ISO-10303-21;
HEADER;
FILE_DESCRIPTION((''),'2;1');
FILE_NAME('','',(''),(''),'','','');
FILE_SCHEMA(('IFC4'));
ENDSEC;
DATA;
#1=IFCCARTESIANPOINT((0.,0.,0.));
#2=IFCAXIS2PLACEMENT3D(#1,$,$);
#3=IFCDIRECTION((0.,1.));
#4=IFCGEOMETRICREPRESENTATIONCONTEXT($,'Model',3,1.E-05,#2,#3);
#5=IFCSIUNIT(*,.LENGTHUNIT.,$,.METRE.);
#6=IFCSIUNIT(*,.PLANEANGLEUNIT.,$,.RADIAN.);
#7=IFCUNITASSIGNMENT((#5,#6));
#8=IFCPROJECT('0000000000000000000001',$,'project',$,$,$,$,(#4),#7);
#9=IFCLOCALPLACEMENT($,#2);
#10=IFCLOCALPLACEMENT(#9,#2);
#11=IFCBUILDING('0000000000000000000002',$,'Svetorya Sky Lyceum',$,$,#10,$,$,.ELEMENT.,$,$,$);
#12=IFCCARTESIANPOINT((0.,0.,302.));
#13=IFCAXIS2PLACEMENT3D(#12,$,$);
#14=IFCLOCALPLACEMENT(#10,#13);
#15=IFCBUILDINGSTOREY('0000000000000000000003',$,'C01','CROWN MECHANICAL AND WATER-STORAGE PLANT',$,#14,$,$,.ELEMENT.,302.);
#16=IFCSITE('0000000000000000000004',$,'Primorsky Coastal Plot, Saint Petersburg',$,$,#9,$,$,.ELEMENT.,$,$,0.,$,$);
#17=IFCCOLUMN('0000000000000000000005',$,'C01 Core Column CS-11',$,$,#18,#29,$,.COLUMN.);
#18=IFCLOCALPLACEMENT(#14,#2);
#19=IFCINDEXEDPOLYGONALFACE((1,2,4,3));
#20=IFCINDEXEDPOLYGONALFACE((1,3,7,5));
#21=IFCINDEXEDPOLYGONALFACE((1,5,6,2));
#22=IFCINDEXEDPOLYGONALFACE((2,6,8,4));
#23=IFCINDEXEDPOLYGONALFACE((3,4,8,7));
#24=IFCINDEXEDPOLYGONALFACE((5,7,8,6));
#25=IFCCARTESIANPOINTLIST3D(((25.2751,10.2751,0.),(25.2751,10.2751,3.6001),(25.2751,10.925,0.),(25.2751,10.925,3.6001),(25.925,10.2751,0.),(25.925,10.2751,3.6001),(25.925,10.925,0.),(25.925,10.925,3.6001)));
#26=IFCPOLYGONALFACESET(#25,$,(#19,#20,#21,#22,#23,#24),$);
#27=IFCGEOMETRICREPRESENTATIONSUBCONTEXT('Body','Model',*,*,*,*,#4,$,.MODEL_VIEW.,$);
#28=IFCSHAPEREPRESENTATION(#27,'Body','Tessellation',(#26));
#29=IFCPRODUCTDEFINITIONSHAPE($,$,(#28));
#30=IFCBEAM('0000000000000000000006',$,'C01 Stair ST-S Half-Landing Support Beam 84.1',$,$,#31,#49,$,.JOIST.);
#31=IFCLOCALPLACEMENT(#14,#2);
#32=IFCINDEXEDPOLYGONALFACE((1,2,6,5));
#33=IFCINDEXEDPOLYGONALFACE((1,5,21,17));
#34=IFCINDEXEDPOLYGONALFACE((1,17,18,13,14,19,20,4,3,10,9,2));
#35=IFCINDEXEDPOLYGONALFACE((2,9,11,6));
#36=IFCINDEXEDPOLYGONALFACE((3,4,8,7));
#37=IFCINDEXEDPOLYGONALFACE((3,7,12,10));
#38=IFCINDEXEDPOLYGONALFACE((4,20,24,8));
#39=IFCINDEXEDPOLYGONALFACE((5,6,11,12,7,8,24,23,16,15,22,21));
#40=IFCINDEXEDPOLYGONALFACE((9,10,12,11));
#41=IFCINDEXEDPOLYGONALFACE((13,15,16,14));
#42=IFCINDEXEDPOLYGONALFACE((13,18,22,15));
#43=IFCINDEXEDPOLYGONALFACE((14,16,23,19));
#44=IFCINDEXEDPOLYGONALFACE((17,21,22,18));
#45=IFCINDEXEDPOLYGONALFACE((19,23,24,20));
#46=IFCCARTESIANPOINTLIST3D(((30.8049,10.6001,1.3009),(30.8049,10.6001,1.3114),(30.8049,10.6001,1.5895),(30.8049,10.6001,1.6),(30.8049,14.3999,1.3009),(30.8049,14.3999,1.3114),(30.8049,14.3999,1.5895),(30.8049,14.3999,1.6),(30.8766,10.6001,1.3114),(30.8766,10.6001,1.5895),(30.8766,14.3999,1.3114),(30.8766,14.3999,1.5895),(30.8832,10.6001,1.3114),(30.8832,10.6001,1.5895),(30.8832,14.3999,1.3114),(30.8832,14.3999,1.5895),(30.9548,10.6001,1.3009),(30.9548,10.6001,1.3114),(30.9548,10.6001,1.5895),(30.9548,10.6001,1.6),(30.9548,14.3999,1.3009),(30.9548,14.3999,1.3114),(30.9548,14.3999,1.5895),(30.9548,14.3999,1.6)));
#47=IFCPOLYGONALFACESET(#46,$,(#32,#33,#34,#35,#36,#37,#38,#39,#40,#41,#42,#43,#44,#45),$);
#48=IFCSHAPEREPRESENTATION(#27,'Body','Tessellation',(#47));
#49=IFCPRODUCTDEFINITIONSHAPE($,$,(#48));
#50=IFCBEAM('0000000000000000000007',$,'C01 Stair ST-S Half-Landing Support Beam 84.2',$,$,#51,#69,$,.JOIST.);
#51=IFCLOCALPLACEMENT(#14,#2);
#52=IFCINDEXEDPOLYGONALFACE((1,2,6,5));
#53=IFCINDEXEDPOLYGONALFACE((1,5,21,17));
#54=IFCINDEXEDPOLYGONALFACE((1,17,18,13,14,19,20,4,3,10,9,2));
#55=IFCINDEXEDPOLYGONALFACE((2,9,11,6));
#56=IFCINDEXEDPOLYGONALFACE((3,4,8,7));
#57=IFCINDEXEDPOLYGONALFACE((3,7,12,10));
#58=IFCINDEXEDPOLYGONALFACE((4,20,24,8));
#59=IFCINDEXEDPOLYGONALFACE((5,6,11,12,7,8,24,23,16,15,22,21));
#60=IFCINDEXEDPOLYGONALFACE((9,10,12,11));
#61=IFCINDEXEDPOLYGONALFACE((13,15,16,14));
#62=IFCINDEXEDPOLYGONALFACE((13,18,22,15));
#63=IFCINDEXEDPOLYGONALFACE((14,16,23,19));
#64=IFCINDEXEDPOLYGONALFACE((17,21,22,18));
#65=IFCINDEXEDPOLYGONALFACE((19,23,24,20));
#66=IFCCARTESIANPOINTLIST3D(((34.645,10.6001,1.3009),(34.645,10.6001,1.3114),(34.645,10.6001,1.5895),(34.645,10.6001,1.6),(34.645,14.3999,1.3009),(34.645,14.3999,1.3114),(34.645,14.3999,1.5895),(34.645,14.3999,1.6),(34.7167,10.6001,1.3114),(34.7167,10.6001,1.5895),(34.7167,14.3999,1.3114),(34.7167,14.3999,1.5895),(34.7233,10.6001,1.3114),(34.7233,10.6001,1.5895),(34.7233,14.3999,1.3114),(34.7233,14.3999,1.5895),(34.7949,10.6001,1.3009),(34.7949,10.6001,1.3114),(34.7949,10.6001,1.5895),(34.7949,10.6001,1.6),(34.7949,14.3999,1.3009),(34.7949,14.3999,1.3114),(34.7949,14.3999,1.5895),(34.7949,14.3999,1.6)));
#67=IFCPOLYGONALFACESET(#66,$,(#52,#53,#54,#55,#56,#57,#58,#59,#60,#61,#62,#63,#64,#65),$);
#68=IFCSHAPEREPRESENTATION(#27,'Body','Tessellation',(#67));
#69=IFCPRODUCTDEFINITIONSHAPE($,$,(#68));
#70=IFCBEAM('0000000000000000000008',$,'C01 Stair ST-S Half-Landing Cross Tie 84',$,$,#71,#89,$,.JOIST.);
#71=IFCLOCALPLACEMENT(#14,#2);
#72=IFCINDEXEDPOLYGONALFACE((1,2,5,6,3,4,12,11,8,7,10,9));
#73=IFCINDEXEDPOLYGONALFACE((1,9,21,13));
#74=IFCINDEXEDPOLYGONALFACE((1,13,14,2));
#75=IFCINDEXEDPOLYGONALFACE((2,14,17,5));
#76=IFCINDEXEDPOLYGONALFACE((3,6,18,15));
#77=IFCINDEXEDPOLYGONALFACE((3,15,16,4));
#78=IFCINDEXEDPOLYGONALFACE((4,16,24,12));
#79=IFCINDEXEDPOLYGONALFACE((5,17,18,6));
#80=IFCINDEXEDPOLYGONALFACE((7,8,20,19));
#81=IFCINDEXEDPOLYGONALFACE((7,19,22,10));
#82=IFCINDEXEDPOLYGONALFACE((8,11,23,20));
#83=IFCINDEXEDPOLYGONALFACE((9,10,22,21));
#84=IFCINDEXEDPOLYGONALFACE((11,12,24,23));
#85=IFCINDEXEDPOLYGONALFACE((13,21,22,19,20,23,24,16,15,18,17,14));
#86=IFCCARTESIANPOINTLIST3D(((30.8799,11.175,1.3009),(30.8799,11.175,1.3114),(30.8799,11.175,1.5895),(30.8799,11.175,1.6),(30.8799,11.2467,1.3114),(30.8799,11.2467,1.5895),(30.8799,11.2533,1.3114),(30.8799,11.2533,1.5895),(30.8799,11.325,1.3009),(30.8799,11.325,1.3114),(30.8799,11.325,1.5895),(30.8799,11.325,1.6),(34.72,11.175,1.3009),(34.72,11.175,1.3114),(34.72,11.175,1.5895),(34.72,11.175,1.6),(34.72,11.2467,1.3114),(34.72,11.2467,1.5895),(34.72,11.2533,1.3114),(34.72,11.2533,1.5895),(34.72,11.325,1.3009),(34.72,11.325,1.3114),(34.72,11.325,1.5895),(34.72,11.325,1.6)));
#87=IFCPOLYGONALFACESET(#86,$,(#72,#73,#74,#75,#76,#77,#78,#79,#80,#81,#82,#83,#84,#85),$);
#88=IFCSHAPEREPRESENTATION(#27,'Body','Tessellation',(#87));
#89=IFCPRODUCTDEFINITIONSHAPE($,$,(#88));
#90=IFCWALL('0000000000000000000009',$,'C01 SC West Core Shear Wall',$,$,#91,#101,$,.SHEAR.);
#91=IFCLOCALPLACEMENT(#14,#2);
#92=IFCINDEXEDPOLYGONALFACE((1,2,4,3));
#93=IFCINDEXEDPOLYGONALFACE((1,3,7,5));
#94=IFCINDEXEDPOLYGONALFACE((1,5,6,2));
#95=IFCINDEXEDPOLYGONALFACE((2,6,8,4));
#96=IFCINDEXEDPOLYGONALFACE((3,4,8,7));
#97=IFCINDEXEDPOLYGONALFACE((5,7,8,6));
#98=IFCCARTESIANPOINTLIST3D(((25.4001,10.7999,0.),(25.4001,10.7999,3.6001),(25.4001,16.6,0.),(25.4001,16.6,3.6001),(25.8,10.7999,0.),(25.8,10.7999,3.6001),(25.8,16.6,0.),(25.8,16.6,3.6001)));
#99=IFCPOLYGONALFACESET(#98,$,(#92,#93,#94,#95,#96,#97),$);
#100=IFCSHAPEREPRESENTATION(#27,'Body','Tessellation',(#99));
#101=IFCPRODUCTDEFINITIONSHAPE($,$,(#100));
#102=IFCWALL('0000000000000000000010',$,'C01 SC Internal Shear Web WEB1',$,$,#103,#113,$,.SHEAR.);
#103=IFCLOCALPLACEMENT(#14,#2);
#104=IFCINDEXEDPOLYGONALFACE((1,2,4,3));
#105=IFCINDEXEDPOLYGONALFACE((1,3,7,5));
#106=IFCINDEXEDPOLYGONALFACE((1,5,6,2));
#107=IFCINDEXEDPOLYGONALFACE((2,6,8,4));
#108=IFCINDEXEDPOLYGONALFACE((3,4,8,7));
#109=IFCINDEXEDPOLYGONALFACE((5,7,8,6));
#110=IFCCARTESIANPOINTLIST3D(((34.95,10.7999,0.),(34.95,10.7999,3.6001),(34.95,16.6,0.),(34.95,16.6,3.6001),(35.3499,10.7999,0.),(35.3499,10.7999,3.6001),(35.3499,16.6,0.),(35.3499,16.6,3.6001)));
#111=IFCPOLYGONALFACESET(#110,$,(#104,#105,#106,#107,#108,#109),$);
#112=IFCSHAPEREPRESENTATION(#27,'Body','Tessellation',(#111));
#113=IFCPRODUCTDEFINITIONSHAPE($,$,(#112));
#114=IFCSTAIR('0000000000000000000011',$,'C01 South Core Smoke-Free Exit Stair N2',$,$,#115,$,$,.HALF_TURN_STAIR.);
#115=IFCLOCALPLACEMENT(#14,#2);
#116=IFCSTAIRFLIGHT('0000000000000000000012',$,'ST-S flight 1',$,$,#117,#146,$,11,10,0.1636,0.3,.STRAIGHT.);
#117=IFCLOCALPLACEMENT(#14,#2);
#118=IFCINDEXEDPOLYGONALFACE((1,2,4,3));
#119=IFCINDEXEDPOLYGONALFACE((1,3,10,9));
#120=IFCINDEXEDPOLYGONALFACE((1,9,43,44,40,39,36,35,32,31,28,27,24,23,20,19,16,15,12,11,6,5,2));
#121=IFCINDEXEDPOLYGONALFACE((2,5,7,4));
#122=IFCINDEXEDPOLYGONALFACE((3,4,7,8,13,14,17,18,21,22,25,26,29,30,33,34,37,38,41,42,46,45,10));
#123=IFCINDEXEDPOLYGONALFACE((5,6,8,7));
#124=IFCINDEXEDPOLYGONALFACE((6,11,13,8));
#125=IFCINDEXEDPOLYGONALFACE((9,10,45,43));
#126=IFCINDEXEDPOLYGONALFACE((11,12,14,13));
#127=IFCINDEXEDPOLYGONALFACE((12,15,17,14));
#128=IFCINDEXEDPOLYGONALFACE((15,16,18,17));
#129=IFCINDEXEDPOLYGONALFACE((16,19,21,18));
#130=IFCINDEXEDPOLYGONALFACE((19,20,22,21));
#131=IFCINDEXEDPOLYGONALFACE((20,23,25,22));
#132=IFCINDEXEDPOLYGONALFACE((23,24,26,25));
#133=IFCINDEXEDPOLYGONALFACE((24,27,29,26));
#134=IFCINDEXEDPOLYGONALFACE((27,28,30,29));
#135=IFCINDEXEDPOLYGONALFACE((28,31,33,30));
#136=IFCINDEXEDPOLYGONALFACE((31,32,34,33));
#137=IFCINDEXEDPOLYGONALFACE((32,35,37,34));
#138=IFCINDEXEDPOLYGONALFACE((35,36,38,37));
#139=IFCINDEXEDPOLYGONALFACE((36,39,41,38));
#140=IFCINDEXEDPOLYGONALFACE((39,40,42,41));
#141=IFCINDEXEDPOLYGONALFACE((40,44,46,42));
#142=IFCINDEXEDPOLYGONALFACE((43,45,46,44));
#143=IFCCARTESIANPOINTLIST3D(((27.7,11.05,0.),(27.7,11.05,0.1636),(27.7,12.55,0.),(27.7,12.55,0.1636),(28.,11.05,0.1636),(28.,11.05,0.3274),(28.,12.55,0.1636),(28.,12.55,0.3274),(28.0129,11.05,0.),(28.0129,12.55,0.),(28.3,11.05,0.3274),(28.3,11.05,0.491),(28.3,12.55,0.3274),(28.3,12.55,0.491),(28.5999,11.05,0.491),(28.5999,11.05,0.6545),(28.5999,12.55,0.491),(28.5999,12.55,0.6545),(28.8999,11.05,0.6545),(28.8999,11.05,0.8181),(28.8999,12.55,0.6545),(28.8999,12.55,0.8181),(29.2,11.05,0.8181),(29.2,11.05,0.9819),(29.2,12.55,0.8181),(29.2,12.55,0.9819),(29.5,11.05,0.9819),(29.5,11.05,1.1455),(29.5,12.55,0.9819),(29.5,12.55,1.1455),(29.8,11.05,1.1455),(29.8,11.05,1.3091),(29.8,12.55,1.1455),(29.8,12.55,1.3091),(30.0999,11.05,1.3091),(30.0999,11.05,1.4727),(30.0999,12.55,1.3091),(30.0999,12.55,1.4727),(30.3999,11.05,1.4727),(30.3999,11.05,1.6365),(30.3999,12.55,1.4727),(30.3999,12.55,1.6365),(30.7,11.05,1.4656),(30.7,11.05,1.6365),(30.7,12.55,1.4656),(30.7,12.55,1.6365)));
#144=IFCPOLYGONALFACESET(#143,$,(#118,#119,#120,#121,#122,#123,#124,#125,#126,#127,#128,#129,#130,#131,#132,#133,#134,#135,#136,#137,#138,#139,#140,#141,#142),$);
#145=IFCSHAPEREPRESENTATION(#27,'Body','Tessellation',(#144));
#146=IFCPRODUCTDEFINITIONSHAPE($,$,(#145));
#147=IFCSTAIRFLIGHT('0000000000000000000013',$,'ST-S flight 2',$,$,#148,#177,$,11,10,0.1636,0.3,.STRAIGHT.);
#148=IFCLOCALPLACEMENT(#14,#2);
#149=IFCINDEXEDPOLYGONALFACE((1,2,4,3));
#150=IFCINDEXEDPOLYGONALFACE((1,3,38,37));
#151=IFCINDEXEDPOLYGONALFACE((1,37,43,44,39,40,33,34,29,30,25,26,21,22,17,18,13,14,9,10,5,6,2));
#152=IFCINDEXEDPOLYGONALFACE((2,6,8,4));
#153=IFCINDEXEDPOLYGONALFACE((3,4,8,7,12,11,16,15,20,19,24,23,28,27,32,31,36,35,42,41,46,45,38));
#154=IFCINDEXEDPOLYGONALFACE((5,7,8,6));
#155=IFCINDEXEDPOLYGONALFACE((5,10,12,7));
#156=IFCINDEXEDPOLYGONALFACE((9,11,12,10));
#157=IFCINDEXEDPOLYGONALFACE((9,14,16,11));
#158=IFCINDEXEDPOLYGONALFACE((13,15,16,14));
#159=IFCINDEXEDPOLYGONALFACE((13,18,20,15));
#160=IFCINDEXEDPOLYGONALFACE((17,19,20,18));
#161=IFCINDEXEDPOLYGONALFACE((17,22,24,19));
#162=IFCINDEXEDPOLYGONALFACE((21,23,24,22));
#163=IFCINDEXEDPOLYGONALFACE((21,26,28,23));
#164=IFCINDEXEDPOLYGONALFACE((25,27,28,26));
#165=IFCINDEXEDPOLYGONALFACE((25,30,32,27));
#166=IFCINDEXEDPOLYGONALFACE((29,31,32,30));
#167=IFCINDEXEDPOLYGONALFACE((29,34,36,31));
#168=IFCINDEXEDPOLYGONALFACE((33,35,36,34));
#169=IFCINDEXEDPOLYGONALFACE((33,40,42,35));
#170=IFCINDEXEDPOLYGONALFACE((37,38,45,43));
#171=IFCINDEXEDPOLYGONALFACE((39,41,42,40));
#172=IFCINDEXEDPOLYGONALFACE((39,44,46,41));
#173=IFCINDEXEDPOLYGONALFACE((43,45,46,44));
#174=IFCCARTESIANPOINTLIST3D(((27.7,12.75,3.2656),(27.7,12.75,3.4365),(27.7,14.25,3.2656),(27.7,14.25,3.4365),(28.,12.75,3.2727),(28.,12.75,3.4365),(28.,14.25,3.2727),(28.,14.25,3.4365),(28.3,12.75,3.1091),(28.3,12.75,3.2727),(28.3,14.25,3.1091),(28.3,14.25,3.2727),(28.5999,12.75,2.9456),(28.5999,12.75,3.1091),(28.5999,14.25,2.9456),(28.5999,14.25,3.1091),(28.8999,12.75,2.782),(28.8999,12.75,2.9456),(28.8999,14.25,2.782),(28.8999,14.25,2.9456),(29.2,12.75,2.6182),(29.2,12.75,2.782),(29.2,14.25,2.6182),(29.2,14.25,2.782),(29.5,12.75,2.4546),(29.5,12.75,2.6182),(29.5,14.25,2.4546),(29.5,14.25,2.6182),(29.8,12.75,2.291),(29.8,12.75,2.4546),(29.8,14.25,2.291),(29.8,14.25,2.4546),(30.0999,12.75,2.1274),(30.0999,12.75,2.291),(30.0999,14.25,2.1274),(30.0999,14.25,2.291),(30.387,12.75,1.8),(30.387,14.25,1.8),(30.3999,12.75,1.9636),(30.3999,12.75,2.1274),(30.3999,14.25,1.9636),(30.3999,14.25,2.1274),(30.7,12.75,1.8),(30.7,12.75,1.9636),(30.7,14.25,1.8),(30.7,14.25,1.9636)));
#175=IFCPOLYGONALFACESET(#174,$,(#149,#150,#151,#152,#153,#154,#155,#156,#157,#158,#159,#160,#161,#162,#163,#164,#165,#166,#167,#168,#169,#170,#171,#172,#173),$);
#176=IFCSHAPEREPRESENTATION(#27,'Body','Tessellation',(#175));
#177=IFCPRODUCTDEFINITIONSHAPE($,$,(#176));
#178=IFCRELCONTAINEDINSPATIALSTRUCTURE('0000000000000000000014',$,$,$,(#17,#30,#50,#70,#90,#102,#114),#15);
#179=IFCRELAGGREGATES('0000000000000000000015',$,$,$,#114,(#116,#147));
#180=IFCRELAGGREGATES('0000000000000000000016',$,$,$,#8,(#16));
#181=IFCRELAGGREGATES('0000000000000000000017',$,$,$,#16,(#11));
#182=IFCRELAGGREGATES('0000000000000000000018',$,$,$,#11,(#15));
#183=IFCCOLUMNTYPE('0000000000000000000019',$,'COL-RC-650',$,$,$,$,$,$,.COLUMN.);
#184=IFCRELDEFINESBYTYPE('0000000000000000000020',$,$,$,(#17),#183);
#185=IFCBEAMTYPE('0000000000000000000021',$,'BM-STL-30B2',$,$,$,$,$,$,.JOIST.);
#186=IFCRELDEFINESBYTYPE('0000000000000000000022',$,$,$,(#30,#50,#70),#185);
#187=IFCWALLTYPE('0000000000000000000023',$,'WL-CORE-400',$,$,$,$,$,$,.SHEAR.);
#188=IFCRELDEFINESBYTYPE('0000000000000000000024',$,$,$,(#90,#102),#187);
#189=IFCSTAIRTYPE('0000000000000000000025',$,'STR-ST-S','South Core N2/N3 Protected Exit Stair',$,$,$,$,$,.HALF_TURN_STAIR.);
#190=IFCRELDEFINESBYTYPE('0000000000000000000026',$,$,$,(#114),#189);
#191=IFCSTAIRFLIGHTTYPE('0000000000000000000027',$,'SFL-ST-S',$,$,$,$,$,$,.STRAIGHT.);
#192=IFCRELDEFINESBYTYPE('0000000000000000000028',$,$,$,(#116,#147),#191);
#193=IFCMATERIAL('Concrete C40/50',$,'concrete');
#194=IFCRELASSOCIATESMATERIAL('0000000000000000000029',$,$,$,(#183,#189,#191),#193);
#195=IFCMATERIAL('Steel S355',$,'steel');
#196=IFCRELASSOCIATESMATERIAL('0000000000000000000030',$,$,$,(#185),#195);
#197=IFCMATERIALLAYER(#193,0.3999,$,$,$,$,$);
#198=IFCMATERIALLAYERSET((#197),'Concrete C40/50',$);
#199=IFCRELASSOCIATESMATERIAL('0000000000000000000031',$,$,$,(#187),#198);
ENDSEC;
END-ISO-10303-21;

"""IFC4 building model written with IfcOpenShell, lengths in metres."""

from ifc_helpers import new_model, si_unit, direction, frame, frame_2d, origin, origin_2d, place, context, subcontext, project, spatial, polyline, rectangle, i_section, outline, extrude, material, layer, layer_set, material_profile, profile_set, type_object, element, aggregate, save


model = new_model("IFC4")

# Units and contexts
model_context = context("Model", 3, precision=1e-05, world=origin(), true_north=direction((0.0, 1.0)))
body_context = subcontext(model_context, "Body", "Model", "MODEL_VIEW")
ifc_project = project(units=[si_unit("LENGTHUNIT", "METRE"), si_unit("PLANEANGLEUNIT", "RADIAN")], contexts=[model_context])

# Site, building, storey
site_placement = place(None, origin())
site = spatial("IfcSite", under=ifc_project, at=site_placement, Name="Primorsky Coastal Plot, Saint Petersburg", CompositionType="ELEMENT", RefElevation=0.0)
building_placement = place(site_placement, origin())
building = spatial("IfcBuilding", under=site, at=building_placement, Name="Svetorya Sky Lyceum", CompositionType="ELEMENT")
storey_placement = place(building_placement, frame((0.0, 0.0, 302.0)))
storey = spatial("IfcBuildingStorey", under=building, at=storey_placement, Name="C01", Description="CROWN MECHANICAL AND WATER-STORAGE PLANT", CompositionType="ELEMENT", Elevation=302.0)

# Column
ifc_material_1 = material(Name="Concrete C40/50", Category="concrete")
ifc_material_profile_1 = material_profile(ifc_material_1, rectangle(XDim=0.6499, YDim=0.6499, at=origin_2d()), Name="RC COL 650x650")
ifc_profile_set_1 = profile_set([ifc_material_profile_1], Name="Concrete C40/50")
column_type = type_object("IfcColumnType", Name="COL-RC-650", PredefinedType="COLUMN", material=ifc_profile_set_1)
column_placement = place(storey_placement, frame((25.6001, 10.6001, 0.0), z_axis=(0.0, 0.0, 1.0), x_axis=(1.0, 0.0, 0.0)))
element("IfcColumn", 1, at=column_placement, inside=storey, type_object=column_type, Name="C01 Core Column CS-11", PredefinedType="COLUMN", context=body_context, shape_type="SweptSolid", body=[
    extrude(rectangle(XDim=0.6499, YDim=0.6499, at=origin_2d()), origin(), (0.0, 0.0, 1.0), 3.6001),
])

# Beams
ifc_material_2 = material(Name="Steel S355", Category="steel")
ifc_material_profile_2 = material_profile(ifc_material_2, i_section(OverallWidth=0.1499, OverallDepth=0.2991, WebThickness=0.0066, FlangeThickness=0.0105, at=origin_2d()), Name="GOST 30B2")
ifc_profile_set_2 = profile_set([ifc_material_profile_2], Name="Steel S355")
beam_type = type_object("IfcBeamType", Name="BM-STL-30B2", PredefinedType="JOIST", material=ifc_profile_set_2)
for number, where, z_axis, x_axis, name in (
    (2, (30.8799, 10.6001, 1.4504), (0.0, 1.0, 0.0), (-1.0, 0.0, 0.0), "C01 Stair ST-S Half-Landing Support Beam 84.1"),
    (3, (34.72, 10.6001, 1.4504), (0.0, 1.0, 0.0), (-1.0, 0.0, 0.0), "C01 Stair ST-S Half-Landing Support Beam 84.2"),
):
    element("IfcBeam", number, at=place(storey_placement, frame(where, z_axis=z_axis, x_axis=x_axis)), inside=storey, type_object=beam_type, Name=name, PredefinedType="JOIST", context=body_context, shape_type="SweptSolid", body=[
        extrude(i_section(OverallWidth=0.1499, OverallDepth=0.2991, WebThickness=0.0066, FlangeThickness=0.0105, at=origin_2d()), origin(), (0.0, 0.0, 1.0), 3.7998),
    ])
beam_placement = place(storey_placement, frame((30.8799, 11.25, 1.4504), z_axis=(1.0, 0.0, 0.0), x_axis=(0.0, 1.0, 0.0)))
element("IfcBeam", 4, at=beam_placement, inside=storey, type_object=beam_type, Name="C01 Stair ST-S Half-Landing Cross Tie 84", PredefinedType="JOIST", context=body_context, shape_type="SweptSolid", body=[
    extrude(i_section(OverallWidth=0.1499, OverallDepth=0.2991, WebThickness=0.0066, FlangeThickness=0.0105, at=origin_2d()), origin(), (0.0, 0.0, 1.0), 3.8401),
])

# Walls
ifc_layer = layer(ifc_material_1, 0.3999)
ifc_layer_set = layer_set([ifc_layer], Name="Concrete C40/50")
wall_type = type_object("IfcWallType", Name="WL-CORE-400", PredefinedType="SHEAR", material=ifc_layer_set)
for number, where, z_axis, x_axis, name in (
    (5, (25.6001, 10.8, 0.0), (0.0, 0.0, 1.0), (0.0, 1.0, 0.0), "C01 SC West Core Shear Wall"),
    (6, (35.1499, 10.8, 0.0), (0.0, 0.0, 1.0), (0.0, 1.0, 0.0), "C01 SC Internal Shear Web WEB1"),
):
    element("IfcWall", number, at=place(storey_placement, frame(where, z_axis=z_axis, x_axis=x_axis)), inside=storey, type_object=wall_type, Name=name, PredefinedType="SHEAR", context=body_context, shape_type="SweptSolid", body=[
        extrude(rectangle(XDim=5.8, YDim=0.3999, at=frame_2d((2.8999, 0.0))), origin(), (0.0, 0.0, 1.0), 3.6001),
    ])

# Stair, stair flights
stair_type = type_object("IfcStairType", Name="STR-ST-S", Description="South Core N2/N3 Protected Exit Stair", PredefinedType="HALF_TURN_STAIR", material=ifc_material_1)
stair_placement = place(storey_placement, origin())
stair = element("IfcStair", 7, at=stair_placement, inside=storey, type_object=stair_type, Name="C01 South Core Smoke-Free Exit Stair N2", PredefinedType="HALF_TURN_STAIR")
stair_flight_type = type_object("IfcStairFlightType", Name="SFL-ST-S", PredefinedType="STRAIGHT", material=ifc_material_1)
stair_flight_1_placement = place(storey_placement, frame((27.7, 11.8, 0.0), z_axis=(0.0, 0.0, 1.0), x_axis=(1.0, 0.0, 0.0)))
stair_flight_1 = element("IfcStairFlight", 8, at=stair_flight_1_placement, type_object=stair_flight_type, Name="ST-S flight 1", NumberOfRisers=11, NumberOfTreads=10, PredefinedType="STRAIGHT", RiserHeight=0.1636, TreadLength=0.3, context=body_context, shape_type="SweptSolid", body=[
    extrude(outline(polyline([(0.0, 0.0), (0.0, 0.1636), (0.3, 0.1636), (0.3, 0.3274), (0.6001, 0.3274), (0.6001, 0.491), (0.8999, 0.491), (0.8999, 0.6545), (1.2, 0.6545), (1.2, 0.8181), (1.5, 0.8181), (1.5, 0.9819), (1.8, 0.9819), (1.8, 1.1455), (2.1001, 1.1455), (2.1001, 1.3091), (2.3999, 1.3091), (2.3999, 1.4727), (2.7, 1.4727), (2.7, 1.6365), (3.0, 1.6365), (3.0, 1.8), (3.0, 1.4656), (0.313, 0.0), (0.0, 0.0)])), frame((0.0, 0.75, 0.0), z_axis=(0.0, -1.0, 0.0), x_axis=(1.0, 0.0, 0.0)), (0.0, 0.0, 1.0), 1.5),
])
stair_flight_2_placement = place(storey_placement, frame((30.7, 13.5, 1.8), z_axis=(0.0, 0.0, 1.0), x_axis=(-1.0, 0.0, 0.0)))
stair_flight_2 = element("IfcStairFlight", 9, at=stair_flight_2_placement, type_object=stair_flight_type, Name="ST-S flight 2", NumberOfRisers=11, NumberOfTreads=10, PredefinedType="STRAIGHT", RiserHeight=0.1636, TreadLength=0.3, context=body_context, shape_type="SweptSolid", body=[
    extrude(outline(polyline([(0.0, 0.0), (0.0, 0.1636), (0.3, 0.1636), (0.3, 0.3274), (0.6001, 0.3274), (0.6001, 0.491), (0.8999, 0.491), (0.8999, 0.6545), (1.2, 0.6545), (1.2, 0.8181), (1.5, 0.8181), (1.5, 0.9819), (1.8, 0.9819), (1.8, 1.1455), (2.1001, 1.1455), (2.1001, 1.3091), (2.3999, 1.3091), (2.3999, 1.4727), (2.7, 1.4727), (2.7, 1.6365), (3.0, 1.6365), (3.0, 1.8), (3.0, 1.4656), (0.313, 0.0), (0.0, 0.0)])), frame((0.0, 0.75, 0.0), z_axis=(0.0, -1.0, 0.0), x_axis=(1.0, 0.0, 0.0)), (0.0, 0.0, 1.0), 1.5),
])
aggregate(stair, [stair_flight_1, stair_flight_2])

save(model, "model.ifc")
